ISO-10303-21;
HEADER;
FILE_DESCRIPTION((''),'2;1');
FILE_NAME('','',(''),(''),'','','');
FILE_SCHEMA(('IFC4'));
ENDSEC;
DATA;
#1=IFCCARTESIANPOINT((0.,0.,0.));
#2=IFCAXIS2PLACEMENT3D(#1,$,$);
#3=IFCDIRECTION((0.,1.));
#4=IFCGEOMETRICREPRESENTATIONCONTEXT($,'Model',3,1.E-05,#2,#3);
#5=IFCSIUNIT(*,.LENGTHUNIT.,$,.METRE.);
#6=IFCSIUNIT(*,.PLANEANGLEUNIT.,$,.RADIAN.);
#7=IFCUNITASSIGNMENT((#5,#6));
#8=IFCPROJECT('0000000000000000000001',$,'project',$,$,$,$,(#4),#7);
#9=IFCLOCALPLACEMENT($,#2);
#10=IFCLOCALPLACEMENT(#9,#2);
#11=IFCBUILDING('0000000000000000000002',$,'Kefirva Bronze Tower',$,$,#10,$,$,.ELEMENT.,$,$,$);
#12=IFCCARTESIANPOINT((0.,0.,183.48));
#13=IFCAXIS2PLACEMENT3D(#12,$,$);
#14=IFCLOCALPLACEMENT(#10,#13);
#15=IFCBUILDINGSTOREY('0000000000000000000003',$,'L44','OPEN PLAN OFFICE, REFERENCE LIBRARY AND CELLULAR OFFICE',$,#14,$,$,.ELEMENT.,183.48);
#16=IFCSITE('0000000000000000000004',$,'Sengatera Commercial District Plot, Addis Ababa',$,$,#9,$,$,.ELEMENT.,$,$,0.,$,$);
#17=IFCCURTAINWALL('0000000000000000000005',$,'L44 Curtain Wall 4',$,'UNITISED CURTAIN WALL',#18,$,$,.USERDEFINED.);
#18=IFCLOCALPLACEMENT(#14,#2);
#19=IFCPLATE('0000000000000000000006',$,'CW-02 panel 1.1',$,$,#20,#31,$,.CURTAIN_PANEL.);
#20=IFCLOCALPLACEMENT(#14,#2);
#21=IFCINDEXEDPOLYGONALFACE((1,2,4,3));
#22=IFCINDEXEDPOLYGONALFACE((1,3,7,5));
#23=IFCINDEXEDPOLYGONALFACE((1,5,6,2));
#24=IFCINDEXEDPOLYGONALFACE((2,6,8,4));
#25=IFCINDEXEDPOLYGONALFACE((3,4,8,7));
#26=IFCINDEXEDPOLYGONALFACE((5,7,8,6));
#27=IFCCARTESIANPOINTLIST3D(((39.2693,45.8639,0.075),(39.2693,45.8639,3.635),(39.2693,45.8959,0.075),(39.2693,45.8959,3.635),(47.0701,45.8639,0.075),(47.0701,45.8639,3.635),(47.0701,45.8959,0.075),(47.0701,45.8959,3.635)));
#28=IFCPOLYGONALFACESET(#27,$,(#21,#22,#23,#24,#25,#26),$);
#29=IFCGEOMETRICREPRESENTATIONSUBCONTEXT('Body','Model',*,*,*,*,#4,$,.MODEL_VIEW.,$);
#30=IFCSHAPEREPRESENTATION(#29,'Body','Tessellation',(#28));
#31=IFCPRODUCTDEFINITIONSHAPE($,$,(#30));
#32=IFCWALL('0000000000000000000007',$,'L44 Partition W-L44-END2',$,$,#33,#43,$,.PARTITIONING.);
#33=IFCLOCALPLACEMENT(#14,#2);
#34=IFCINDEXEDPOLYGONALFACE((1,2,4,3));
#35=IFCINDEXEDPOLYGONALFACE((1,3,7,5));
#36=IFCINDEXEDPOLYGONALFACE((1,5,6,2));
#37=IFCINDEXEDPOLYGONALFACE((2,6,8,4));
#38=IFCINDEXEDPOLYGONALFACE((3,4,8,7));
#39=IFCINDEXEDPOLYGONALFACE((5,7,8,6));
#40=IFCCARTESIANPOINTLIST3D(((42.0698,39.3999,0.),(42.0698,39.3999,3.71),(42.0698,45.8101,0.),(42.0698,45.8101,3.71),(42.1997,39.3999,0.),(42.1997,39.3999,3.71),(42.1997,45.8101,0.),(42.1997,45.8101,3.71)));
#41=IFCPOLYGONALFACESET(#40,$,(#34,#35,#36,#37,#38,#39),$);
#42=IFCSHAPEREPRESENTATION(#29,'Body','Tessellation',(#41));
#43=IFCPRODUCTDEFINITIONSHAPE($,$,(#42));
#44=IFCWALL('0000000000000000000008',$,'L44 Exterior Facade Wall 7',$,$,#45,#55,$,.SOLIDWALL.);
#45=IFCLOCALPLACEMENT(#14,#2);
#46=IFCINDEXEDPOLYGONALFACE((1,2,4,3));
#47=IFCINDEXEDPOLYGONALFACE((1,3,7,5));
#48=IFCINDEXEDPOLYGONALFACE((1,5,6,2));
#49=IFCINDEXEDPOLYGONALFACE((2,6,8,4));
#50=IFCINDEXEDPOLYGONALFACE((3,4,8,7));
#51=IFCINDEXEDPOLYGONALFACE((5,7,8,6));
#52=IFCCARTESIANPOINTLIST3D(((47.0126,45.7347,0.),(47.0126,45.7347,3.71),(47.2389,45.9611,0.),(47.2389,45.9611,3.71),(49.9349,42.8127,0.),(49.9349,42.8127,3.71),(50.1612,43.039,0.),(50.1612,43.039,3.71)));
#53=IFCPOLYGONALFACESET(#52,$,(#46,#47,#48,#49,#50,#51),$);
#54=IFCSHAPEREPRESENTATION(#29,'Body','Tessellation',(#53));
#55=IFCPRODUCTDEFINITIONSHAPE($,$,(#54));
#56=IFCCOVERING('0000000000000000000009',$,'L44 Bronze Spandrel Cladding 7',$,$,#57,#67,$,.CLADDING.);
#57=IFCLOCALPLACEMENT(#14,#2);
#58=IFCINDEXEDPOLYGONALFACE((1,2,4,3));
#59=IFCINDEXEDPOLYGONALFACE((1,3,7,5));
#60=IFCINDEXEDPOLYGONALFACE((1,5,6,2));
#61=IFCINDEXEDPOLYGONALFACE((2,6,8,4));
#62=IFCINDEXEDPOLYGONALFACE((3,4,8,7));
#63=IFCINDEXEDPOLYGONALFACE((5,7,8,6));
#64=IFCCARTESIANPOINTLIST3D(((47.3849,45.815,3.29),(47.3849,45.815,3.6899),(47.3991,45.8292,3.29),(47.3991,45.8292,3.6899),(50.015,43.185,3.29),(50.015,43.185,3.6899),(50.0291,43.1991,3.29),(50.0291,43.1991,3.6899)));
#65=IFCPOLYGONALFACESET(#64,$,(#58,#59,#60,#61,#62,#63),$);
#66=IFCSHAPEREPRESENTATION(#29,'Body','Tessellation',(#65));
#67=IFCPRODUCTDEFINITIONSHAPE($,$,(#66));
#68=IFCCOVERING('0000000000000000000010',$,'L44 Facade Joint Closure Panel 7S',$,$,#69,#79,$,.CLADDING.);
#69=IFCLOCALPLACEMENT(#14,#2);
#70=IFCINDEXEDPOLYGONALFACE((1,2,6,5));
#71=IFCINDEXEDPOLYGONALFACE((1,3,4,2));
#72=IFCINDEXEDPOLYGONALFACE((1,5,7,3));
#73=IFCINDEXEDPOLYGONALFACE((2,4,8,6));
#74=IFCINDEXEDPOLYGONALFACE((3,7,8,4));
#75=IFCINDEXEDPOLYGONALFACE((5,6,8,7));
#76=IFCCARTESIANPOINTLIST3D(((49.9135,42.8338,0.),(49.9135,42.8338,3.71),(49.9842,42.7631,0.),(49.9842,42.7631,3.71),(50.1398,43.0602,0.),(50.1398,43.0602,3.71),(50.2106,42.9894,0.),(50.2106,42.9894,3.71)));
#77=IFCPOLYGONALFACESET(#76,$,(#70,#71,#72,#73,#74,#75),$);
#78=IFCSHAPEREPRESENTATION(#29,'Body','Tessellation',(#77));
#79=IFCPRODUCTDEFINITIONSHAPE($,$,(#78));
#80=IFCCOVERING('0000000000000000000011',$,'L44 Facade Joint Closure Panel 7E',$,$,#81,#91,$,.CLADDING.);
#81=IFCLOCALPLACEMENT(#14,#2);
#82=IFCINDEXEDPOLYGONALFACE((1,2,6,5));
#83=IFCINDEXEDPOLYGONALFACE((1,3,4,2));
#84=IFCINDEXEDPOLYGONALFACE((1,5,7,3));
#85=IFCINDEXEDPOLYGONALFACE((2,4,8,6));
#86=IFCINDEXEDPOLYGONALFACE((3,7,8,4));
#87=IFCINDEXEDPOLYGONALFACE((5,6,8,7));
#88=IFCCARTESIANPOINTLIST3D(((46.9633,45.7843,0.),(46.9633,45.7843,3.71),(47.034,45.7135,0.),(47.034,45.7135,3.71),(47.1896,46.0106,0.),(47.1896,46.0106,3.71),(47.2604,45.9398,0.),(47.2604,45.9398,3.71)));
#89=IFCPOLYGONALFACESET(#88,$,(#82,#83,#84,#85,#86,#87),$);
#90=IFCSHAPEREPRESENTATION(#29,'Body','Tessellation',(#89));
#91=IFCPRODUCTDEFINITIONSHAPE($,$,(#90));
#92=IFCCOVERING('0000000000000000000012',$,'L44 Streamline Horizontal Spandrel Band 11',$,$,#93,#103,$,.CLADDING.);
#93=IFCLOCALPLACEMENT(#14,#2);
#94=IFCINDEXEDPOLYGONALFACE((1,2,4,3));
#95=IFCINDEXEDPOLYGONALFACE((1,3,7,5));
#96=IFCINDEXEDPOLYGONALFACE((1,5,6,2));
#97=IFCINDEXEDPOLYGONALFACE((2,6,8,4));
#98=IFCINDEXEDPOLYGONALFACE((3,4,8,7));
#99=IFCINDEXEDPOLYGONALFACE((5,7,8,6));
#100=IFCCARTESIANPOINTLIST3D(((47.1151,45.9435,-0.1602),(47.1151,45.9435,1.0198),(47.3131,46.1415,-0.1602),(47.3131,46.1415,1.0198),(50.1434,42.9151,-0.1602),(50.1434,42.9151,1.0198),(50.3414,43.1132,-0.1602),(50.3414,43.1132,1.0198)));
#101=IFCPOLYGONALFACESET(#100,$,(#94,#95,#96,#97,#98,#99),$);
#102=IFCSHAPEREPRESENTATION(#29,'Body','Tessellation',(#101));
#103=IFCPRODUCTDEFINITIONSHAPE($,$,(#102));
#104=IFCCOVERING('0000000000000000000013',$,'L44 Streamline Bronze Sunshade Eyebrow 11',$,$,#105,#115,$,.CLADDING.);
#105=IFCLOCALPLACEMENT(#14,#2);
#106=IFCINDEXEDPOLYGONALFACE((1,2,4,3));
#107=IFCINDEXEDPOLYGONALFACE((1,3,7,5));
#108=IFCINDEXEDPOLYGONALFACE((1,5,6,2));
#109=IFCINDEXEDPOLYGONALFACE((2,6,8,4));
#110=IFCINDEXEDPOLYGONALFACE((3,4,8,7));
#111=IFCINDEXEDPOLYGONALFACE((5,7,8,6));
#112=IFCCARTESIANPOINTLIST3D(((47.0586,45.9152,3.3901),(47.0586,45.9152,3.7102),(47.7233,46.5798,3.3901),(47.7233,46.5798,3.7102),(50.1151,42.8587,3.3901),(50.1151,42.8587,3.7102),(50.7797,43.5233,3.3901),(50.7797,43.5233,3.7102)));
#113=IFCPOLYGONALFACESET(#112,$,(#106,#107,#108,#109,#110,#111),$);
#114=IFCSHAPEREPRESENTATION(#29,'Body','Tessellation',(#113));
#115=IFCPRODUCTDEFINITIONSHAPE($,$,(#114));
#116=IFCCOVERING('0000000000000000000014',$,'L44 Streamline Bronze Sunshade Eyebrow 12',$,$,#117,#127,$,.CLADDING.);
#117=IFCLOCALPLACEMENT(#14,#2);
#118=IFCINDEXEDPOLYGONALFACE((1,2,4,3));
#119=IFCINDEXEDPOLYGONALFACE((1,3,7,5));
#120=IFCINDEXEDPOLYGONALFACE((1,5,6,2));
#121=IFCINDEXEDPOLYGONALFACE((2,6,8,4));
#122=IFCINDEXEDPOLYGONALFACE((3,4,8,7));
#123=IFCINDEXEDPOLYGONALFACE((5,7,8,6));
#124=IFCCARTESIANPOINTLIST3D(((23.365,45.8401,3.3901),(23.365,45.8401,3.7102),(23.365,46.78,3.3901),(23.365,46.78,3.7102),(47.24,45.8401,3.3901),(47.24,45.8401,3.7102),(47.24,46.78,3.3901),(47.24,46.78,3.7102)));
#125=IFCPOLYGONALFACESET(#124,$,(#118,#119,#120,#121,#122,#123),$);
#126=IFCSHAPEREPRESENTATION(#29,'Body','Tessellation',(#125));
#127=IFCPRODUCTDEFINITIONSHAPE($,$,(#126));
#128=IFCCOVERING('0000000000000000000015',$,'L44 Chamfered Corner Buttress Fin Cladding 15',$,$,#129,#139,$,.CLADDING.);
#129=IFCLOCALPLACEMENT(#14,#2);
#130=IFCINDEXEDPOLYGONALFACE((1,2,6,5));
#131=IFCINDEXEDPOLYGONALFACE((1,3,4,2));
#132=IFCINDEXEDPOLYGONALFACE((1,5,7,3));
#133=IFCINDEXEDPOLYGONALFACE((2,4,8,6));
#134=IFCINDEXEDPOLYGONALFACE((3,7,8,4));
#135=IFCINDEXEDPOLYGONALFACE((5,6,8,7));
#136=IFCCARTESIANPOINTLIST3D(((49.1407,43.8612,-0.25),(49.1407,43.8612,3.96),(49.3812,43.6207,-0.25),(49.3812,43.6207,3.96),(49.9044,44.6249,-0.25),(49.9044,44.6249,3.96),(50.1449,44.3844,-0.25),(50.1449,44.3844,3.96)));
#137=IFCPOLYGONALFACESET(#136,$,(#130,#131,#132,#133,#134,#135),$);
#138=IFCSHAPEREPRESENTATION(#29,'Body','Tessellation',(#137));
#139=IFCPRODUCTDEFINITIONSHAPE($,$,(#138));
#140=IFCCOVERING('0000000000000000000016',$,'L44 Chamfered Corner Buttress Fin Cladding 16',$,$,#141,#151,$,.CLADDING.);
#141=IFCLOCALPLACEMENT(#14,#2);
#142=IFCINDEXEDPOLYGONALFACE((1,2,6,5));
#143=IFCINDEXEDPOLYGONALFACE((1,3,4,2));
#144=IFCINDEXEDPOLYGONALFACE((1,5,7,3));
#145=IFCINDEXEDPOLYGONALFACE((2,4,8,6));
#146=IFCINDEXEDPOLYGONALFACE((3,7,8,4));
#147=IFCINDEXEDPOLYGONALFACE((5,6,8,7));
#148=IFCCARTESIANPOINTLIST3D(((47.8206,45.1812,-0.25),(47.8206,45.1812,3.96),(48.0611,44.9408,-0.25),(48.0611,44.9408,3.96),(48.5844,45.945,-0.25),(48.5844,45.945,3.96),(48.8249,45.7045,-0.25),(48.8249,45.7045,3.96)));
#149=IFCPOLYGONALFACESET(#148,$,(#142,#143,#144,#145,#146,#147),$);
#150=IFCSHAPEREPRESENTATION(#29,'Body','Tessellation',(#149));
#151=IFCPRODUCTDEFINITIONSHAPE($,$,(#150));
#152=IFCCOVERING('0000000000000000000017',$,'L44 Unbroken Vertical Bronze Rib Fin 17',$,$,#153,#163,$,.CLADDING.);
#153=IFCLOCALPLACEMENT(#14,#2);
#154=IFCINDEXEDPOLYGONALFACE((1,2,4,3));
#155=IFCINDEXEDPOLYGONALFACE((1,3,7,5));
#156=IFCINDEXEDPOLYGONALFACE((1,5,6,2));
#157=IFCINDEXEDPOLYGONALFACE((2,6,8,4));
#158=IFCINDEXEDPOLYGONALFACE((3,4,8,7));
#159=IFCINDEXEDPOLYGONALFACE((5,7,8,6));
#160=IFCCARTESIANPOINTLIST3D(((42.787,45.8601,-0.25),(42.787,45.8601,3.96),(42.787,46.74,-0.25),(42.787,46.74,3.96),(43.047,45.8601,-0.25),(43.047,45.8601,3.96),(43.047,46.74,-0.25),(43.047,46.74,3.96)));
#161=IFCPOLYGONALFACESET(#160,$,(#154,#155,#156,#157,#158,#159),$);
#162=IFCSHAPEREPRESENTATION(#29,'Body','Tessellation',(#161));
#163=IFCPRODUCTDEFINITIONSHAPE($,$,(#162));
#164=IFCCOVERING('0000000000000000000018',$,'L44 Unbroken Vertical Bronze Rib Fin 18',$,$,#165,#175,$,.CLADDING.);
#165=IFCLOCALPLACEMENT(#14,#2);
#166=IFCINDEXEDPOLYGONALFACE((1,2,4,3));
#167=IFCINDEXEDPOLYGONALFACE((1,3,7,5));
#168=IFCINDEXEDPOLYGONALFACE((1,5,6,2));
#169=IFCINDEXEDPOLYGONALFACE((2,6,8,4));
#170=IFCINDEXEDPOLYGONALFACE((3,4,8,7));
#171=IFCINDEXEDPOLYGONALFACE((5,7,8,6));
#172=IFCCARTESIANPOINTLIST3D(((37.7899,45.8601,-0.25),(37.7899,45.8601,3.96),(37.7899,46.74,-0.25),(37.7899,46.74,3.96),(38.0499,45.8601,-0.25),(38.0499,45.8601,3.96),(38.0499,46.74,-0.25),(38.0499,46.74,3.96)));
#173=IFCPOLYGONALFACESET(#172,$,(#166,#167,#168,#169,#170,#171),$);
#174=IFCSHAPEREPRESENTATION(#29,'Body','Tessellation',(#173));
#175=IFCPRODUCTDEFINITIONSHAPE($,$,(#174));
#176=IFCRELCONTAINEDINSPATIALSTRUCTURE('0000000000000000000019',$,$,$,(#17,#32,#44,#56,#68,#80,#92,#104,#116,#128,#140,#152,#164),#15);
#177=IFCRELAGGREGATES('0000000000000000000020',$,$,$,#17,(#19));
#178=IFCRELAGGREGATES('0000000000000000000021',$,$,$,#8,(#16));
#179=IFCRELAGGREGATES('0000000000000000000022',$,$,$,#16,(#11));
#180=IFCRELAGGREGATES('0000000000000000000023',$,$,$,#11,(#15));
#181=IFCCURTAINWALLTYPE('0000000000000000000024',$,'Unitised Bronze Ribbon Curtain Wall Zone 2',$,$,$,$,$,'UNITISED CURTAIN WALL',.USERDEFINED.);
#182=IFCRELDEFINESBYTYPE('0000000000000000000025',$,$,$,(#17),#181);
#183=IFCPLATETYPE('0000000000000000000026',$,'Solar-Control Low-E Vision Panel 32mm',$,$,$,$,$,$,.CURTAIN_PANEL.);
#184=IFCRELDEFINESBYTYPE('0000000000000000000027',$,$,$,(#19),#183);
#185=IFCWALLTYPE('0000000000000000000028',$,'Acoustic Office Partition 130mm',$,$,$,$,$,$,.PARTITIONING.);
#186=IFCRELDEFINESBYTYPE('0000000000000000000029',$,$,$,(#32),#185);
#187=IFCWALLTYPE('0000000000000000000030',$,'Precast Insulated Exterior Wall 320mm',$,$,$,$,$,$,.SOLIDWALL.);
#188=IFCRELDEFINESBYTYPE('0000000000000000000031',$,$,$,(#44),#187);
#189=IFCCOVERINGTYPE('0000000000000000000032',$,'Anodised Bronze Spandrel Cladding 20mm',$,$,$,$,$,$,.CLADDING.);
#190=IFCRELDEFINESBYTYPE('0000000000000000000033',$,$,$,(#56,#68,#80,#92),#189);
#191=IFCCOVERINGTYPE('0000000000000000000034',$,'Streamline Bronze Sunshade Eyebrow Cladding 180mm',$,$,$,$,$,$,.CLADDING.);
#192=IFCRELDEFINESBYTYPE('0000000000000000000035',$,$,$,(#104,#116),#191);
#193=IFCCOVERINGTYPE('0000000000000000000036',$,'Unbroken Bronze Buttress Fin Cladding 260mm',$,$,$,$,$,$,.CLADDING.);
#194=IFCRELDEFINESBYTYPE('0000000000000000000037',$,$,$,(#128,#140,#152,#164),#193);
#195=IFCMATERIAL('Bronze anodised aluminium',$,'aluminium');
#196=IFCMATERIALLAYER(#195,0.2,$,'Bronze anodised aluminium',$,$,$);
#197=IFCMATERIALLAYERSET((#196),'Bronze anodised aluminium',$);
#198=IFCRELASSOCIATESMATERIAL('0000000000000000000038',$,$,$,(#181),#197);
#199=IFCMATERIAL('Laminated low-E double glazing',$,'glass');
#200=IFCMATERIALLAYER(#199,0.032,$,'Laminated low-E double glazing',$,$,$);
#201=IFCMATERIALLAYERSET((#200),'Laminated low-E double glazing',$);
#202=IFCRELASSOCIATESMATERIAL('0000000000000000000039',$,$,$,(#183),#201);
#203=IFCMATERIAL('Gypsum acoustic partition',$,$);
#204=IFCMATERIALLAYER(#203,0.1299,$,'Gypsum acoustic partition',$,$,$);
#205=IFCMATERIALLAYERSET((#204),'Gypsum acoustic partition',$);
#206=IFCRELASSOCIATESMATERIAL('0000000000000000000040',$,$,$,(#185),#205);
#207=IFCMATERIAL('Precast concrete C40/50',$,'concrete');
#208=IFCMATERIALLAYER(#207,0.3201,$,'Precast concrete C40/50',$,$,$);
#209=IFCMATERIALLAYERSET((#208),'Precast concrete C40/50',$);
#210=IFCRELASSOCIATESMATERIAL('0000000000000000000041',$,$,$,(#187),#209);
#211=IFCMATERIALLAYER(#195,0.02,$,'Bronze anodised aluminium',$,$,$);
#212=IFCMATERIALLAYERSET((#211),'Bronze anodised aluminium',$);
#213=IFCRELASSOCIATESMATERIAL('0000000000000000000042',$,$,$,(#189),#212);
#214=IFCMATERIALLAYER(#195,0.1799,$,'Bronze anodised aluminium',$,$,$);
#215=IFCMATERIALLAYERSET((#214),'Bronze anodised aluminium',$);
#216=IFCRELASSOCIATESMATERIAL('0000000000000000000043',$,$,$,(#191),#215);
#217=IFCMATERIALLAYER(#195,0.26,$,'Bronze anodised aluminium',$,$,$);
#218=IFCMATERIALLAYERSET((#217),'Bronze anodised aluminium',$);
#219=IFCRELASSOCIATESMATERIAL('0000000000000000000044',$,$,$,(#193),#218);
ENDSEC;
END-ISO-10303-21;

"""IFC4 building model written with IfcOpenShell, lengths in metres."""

from ifc_helpers import new_model, si_unit, direction, frame, frame_2d, origin, origin_2d, place, context, subcontext, project, spatial, rectangle, extrude, material, layer, layer_set, type_object, element, aggregate, save


model = new_model("IFC4")

# Units and contexts
model_context = context("Model", 3, precision=1e-05, world=origin(), true_north=direction((0.0, 1.0)))
body_context = subcontext(model_context, "Body", "Model", "MODEL_VIEW")
ifc_project = project(units=[si_unit("LENGTHUNIT", "METRE"), si_unit("PLANEANGLEUNIT", "RADIAN")], contexts=[model_context])

# Site, building, storey
site_placement = place(None, origin())
site = spatial("IfcSite", under=ifc_project, at=site_placement, Name="Sengatera Commercial District Plot, Addis Ababa", CompositionType="ELEMENT", RefElevation=0.0)
building_placement = place(site_placement, origin())
building = spatial("IfcBuilding", under=site, at=building_placement, Name="Kefirva Bronze Tower", CompositionType="ELEMENT")
storey_placement = place(building_placement, frame((0.0, 0.0, 183.48)))
storey = spatial("IfcBuildingStorey", under=building, at=storey_placement, Name="L44", Description="OPEN PLAN OFFICE, REFERENCE LIBRARY AND CELLULAR OFFICE", CompositionType="ELEMENT", Elevation=183.48)

# Shared definitions
ifc_material_1 = material(Name="Bronze anodised aluminium", Category="aluminium")
ifc_layer_1 = layer(ifc_material_1, 0.2, Name="Bronze anodised aluminium")
ifc_layer_set_1 = layer_set([ifc_layer_1], Name="Bronze anodised aluminium")
curtain_wall_type = type_object("IfcCurtainWallType", Name="Unitised Bronze Ribbon Curtain Wall Zone 2", ElementType="UNITISED CURTAIN WALL", PredefinedType="USERDEFINED", material=ifc_layer_set_1)

# Curtain wall
curtain_wall_1_placement = place(storey_placement, origin())
curtain_wall_1 = element("IfcCurtainWall", 1, at=curtain_wall_1_placement, inside=storey, type_object=curtain_wall_type, Name="L44 Curtain Wall 4", ObjectType="UNITISED CURTAIN WALL", PredefinedType="USERDEFINED")

# Plate
ifc_material_2 = material(Name="Laminated low-E double glazing", Category="glass")
ifc_layer_2 = layer(ifc_material_2, 0.032, Name="Laminated low-E double glazing")
ifc_layer_set_2 = layer_set([ifc_layer_2], Name="Laminated low-E double glazing")
plate_type = type_object("IfcPlateType", Name="Solar-Control Low-E Vision Panel 32mm", PredefinedType="CURTAIN_PANEL", material=ifc_layer_set_2)
plate_placement = place(storey_placement, frame((43.1697, 45.8799, 0.075), z_axis=(0.0, 0.0, 1.0), x_axis=(-1.0, 0.0, 0.0)))
plate = element("IfcPlate", 2, at=plate_placement, type_object=plate_type, Name="CW-02 panel 1.1", PredefinedType="CURTAIN_PANEL", context=body_context, shape_type="SweptSolid", body=[
    extrude(rectangle(XDim=7.8008, YDim=0.032, at=origin_2d()), origin(), (0.0, 0.0, 1.0), 3.5601),
])
aggregate(curtain_wall_1, [plate])

# Walls
ifc_material_3 = material(Name="Gypsum acoustic partition")
ifc_layer_3 = layer(ifc_material_3, 0.1299, Name="Gypsum acoustic partition")
ifc_layer_set_3 = layer_set([ifc_layer_3], Name="Gypsum acoustic partition")
wall_type_1 = type_object("IfcWallType", Name="Acoustic Office Partition 130mm", PredefinedType="PARTITIONING", material=ifc_layer_set_3)
wall_1_placement = place(storey_placement, frame((42.1348, 39.3999, 0.0), z_axis=(0.0, 0.0, 1.0), x_axis=(0.0, 1.0, 0.0)))
element("IfcWall", 3, at=wall_1_placement, inside=storey, type_object=wall_type_1, Name="L44 Partition W-L44-END2", PredefinedType="PARTITIONING", context=body_context, shape_type="SweptSolid", body=[
    extrude(rectangle(XDim=6.4102, YDim=0.1299, at=frame_2d((3.2051, 0.0))), origin(), (0.0, 0.0, 1.0), 3.71),
])
ifc_material_4 = material(Name="Precast concrete C40/50", Category="concrete")
ifc_layer_4 = layer(ifc_material_4, 0.3201, Name="Precast concrete C40/50")
ifc_layer_set_4 = layer_set([ifc_layer_4], Name="Precast concrete C40/50")
wall_type_2 = type_object("IfcWallType", Name="Precast Insulated Exterior Wall 320mm", PredefinedType="SOLIDWALL", material=ifc_layer_set_4)
wall_2_placement = place(storey_placement, frame((50.0481, 42.9258, 0.0), z_axis=(0.0, 0.0, 1.0), x_axis=(-0.707136, 0.707077, 0.0)))
element("IfcWall", 4, at=wall_2_placement, inside=storey, type_object=wall_type_2, Name="L44 Exterior Facade Wall 7", PredefinedType="SOLIDWALL", context=body_context, shape_type="SweptSolid", body=[
    extrude(rectangle(XDim=4.1326, YDim=0.3201, at=frame_2d((2.0664, 0.0))), origin(), (0.0, 0.0, 1.0), 3.71),
])

# Coverings
ifc_layer_5 = layer(ifc_material_1, 0.02, Name="Bronze anodised aluminium")
ifc_layer_set_5 = layer_set([ifc_layer_5], Name="Bronze anodised aluminium")
covering_type_1 = type_object("IfcCoveringType", Name="Anodised Bronze Spandrel Cladding 20mm", PredefinedType="CLADDING", material=ifc_layer_set_5)
covering_1_placement = place(storey_placement, frame((48.707, 44.5071, 3.29), z_axis=(0.0, 0.0, 1.0), x_axis=(-0.707107, 0.707107, 0.0)))
element("IfcCovering", 5, at=covering_1_placement, inside=storey, type_object=covering_type_1, Name="L44 Bronze Spandrel Cladding 7", PredefinedType="CLADDING", context=body_context, shape_type="SweptSolid", body=[
    extrude(rectangle(XDim=3.7195, YDim=0.02, at=origin_2d()), origin(), (0.0, 0.0, 1.0), 0.3999),
])
for number, where, z_axis, x_axis, name in (
    (6, (50.062, 42.9116, 0.0), (0.0, 0.0, 1.0), (-0.707107, 0.707107, 0.0), "L44 Facade Joint Closure Panel 7S"),
    (7, (47.1118, 45.8621, 0.0), (0.0, 0.0, 1.0), (-0.707107, 0.707107, 0.0), "L44 Facade Joint Closure Panel 7E"),
):
    element("IfcCovering", number, at=place(storey_placement, frame(where, z_axis=z_axis, x_axis=x_axis)), inside=storey, type_object=covering_type_1, Name=name, PredefinedType="CLADDING", context=body_context, shape_type="SweptSolid", body=[
        extrude(rectangle(XDim=0.1001, YDim=0.3201, at=origin_2d()), origin(), (0.0, 0.0, 1.0), 3.71),
    ])
covering_2_placement = place(storey_placement, frame((48.7283, 44.5283, -0.1602), z_axis=(0.0, 0.0, 1.0), x_axis=(-0.707107, 0.707107, 0.0)))
element("IfcCovering", 8, at=covering_2_placement, inside=storey, type_object=covering_type_1, Name="L44 Streamline Horizontal Spandrel Band 11", PredefinedType="CLADDING", context=body_context, shape_type="SweptSolid", body=[
    extrude(rectangle(XDim=4.2827, YDim=0.28, at=origin_2d()), origin(), (0.0, 0.0, 1.0), 1.1799),
])
ifc_layer_6 = layer(ifc_material_1, 0.1799, Name="Bronze anodised aluminium")
ifc_layer_set_6 = layer_set([ifc_layer_6], Name="Bronze anodised aluminium")
covering_type_2 = type_object("IfcCoveringType", Name="Streamline Bronze Sunshade Eyebrow Cladding 180mm", PredefinedType="CLADDING", material=ifc_layer_set_6)
covering_3_placement = place(storey_placement, frame((48.9192, 44.7192, 3.3901), z_axis=(0.0, 0.0, 1.0), x_axis=(-0.707107, 0.707107, 0.0)))
element("IfcCovering", 9, at=covering_3_placement, inside=storey, type_object=covering_type_2, Name="L44 Streamline Bronze Sunshade Eyebrow 11", PredefinedType="CLADDING", context=body_context, shape_type="SweptSolid", body=[
    extrude(rectangle(XDim=4.3225, YDim=0.9399, at=origin_2d()), origin(), (0.0, 0.0, 1.0), 0.3201),
])
covering_4_placement = place(storey_placement, frame((35.3025, 46.3101, 3.3901), z_axis=(0.0, 0.0, 1.0), x_axis=(-1.0, 0.0, 0.0)))
element("IfcCovering", 10, at=covering_4_placement, inside=storey, type_object=covering_type_2, Name="L44 Streamline Bronze Sunshade Eyebrow 12", PredefinedType="CLADDING", context=body_context, shape_type="SweptSolid", body=[
    extrude(rectangle(XDim=23.875, YDim=0.9399, at=origin_2d()), origin(), (0.0, 0.0, 1.0), 0.3201),
])
ifc_layer_7 = layer(ifc_material_1, 0.26, Name="Bronze anodised aluminium")
ifc_layer_set_7 = layer_set([ifc_layer_7], Name="Bronze anodised aluminium")
covering_type_3 = type_object("IfcCoveringType", Name="Unbroken Bronze Buttress Fin Cladding 260mm", PredefinedType="CLADDING", material=ifc_layer_set_7)
for number, where, z_axis, x_axis, name in (
    (11, (49.6428, 44.1228, -0.25), (0.0, 0.0, 1.0), (-0.707107, 0.707107, 0.0), "L44 Chamfered Corner Buttress Fin Cladding 15"),
    (12, (48.3228, 45.4429, -0.25), (0.0, 0.0, 1.0), (-0.707107, 0.707107, 0.0), "L44 Chamfered Corner Buttress Fin Cladding 16"),
):
    element("IfcCovering", number, at=place(storey_placement, frame(where, z_axis=z_axis, x_axis=x_axis)), inside=storey, type_object=covering_type_3, Name=name, PredefinedType="CLADDING", context=body_context, shape_type="SweptSolid", body=[
        extrude(rectangle(XDim=0.3401, YDim=1.0801, at=origin_2d()), origin(), (0.0, 0.0, 1.0), 4.21),
    ])
for number, where, z_axis, x_axis, name in (
    (13, (42.917, 46.3, -0.25), (0.0, 0.0, 1.0), (-1.0, 0.0, 0.0), "L44 Unbroken Vertical Bronze Rib Fin 17"),
    (14, (37.9199, 46.3, -0.25), (0.0, 0.0, 1.0), (-1.0, 0.0, 0.0), "L44 Unbroken Vertical Bronze Rib Fin 18"),
):
    element("IfcCovering", number, at=place(storey_placement, frame(where, z_axis=z_axis, x_axis=x_axis)), inside=storey, type_object=covering_type_3, Name=name, PredefinedType="CLADDING", context=body_context, shape_type="SweptSolid", body=[
        extrude(rectangle(XDim=0.26, YDim=0.8799, at=origin_2d()), origin(), (0.0, 0.0, 1.0), 4.21),
    ])

save(model, "model.ifc")
